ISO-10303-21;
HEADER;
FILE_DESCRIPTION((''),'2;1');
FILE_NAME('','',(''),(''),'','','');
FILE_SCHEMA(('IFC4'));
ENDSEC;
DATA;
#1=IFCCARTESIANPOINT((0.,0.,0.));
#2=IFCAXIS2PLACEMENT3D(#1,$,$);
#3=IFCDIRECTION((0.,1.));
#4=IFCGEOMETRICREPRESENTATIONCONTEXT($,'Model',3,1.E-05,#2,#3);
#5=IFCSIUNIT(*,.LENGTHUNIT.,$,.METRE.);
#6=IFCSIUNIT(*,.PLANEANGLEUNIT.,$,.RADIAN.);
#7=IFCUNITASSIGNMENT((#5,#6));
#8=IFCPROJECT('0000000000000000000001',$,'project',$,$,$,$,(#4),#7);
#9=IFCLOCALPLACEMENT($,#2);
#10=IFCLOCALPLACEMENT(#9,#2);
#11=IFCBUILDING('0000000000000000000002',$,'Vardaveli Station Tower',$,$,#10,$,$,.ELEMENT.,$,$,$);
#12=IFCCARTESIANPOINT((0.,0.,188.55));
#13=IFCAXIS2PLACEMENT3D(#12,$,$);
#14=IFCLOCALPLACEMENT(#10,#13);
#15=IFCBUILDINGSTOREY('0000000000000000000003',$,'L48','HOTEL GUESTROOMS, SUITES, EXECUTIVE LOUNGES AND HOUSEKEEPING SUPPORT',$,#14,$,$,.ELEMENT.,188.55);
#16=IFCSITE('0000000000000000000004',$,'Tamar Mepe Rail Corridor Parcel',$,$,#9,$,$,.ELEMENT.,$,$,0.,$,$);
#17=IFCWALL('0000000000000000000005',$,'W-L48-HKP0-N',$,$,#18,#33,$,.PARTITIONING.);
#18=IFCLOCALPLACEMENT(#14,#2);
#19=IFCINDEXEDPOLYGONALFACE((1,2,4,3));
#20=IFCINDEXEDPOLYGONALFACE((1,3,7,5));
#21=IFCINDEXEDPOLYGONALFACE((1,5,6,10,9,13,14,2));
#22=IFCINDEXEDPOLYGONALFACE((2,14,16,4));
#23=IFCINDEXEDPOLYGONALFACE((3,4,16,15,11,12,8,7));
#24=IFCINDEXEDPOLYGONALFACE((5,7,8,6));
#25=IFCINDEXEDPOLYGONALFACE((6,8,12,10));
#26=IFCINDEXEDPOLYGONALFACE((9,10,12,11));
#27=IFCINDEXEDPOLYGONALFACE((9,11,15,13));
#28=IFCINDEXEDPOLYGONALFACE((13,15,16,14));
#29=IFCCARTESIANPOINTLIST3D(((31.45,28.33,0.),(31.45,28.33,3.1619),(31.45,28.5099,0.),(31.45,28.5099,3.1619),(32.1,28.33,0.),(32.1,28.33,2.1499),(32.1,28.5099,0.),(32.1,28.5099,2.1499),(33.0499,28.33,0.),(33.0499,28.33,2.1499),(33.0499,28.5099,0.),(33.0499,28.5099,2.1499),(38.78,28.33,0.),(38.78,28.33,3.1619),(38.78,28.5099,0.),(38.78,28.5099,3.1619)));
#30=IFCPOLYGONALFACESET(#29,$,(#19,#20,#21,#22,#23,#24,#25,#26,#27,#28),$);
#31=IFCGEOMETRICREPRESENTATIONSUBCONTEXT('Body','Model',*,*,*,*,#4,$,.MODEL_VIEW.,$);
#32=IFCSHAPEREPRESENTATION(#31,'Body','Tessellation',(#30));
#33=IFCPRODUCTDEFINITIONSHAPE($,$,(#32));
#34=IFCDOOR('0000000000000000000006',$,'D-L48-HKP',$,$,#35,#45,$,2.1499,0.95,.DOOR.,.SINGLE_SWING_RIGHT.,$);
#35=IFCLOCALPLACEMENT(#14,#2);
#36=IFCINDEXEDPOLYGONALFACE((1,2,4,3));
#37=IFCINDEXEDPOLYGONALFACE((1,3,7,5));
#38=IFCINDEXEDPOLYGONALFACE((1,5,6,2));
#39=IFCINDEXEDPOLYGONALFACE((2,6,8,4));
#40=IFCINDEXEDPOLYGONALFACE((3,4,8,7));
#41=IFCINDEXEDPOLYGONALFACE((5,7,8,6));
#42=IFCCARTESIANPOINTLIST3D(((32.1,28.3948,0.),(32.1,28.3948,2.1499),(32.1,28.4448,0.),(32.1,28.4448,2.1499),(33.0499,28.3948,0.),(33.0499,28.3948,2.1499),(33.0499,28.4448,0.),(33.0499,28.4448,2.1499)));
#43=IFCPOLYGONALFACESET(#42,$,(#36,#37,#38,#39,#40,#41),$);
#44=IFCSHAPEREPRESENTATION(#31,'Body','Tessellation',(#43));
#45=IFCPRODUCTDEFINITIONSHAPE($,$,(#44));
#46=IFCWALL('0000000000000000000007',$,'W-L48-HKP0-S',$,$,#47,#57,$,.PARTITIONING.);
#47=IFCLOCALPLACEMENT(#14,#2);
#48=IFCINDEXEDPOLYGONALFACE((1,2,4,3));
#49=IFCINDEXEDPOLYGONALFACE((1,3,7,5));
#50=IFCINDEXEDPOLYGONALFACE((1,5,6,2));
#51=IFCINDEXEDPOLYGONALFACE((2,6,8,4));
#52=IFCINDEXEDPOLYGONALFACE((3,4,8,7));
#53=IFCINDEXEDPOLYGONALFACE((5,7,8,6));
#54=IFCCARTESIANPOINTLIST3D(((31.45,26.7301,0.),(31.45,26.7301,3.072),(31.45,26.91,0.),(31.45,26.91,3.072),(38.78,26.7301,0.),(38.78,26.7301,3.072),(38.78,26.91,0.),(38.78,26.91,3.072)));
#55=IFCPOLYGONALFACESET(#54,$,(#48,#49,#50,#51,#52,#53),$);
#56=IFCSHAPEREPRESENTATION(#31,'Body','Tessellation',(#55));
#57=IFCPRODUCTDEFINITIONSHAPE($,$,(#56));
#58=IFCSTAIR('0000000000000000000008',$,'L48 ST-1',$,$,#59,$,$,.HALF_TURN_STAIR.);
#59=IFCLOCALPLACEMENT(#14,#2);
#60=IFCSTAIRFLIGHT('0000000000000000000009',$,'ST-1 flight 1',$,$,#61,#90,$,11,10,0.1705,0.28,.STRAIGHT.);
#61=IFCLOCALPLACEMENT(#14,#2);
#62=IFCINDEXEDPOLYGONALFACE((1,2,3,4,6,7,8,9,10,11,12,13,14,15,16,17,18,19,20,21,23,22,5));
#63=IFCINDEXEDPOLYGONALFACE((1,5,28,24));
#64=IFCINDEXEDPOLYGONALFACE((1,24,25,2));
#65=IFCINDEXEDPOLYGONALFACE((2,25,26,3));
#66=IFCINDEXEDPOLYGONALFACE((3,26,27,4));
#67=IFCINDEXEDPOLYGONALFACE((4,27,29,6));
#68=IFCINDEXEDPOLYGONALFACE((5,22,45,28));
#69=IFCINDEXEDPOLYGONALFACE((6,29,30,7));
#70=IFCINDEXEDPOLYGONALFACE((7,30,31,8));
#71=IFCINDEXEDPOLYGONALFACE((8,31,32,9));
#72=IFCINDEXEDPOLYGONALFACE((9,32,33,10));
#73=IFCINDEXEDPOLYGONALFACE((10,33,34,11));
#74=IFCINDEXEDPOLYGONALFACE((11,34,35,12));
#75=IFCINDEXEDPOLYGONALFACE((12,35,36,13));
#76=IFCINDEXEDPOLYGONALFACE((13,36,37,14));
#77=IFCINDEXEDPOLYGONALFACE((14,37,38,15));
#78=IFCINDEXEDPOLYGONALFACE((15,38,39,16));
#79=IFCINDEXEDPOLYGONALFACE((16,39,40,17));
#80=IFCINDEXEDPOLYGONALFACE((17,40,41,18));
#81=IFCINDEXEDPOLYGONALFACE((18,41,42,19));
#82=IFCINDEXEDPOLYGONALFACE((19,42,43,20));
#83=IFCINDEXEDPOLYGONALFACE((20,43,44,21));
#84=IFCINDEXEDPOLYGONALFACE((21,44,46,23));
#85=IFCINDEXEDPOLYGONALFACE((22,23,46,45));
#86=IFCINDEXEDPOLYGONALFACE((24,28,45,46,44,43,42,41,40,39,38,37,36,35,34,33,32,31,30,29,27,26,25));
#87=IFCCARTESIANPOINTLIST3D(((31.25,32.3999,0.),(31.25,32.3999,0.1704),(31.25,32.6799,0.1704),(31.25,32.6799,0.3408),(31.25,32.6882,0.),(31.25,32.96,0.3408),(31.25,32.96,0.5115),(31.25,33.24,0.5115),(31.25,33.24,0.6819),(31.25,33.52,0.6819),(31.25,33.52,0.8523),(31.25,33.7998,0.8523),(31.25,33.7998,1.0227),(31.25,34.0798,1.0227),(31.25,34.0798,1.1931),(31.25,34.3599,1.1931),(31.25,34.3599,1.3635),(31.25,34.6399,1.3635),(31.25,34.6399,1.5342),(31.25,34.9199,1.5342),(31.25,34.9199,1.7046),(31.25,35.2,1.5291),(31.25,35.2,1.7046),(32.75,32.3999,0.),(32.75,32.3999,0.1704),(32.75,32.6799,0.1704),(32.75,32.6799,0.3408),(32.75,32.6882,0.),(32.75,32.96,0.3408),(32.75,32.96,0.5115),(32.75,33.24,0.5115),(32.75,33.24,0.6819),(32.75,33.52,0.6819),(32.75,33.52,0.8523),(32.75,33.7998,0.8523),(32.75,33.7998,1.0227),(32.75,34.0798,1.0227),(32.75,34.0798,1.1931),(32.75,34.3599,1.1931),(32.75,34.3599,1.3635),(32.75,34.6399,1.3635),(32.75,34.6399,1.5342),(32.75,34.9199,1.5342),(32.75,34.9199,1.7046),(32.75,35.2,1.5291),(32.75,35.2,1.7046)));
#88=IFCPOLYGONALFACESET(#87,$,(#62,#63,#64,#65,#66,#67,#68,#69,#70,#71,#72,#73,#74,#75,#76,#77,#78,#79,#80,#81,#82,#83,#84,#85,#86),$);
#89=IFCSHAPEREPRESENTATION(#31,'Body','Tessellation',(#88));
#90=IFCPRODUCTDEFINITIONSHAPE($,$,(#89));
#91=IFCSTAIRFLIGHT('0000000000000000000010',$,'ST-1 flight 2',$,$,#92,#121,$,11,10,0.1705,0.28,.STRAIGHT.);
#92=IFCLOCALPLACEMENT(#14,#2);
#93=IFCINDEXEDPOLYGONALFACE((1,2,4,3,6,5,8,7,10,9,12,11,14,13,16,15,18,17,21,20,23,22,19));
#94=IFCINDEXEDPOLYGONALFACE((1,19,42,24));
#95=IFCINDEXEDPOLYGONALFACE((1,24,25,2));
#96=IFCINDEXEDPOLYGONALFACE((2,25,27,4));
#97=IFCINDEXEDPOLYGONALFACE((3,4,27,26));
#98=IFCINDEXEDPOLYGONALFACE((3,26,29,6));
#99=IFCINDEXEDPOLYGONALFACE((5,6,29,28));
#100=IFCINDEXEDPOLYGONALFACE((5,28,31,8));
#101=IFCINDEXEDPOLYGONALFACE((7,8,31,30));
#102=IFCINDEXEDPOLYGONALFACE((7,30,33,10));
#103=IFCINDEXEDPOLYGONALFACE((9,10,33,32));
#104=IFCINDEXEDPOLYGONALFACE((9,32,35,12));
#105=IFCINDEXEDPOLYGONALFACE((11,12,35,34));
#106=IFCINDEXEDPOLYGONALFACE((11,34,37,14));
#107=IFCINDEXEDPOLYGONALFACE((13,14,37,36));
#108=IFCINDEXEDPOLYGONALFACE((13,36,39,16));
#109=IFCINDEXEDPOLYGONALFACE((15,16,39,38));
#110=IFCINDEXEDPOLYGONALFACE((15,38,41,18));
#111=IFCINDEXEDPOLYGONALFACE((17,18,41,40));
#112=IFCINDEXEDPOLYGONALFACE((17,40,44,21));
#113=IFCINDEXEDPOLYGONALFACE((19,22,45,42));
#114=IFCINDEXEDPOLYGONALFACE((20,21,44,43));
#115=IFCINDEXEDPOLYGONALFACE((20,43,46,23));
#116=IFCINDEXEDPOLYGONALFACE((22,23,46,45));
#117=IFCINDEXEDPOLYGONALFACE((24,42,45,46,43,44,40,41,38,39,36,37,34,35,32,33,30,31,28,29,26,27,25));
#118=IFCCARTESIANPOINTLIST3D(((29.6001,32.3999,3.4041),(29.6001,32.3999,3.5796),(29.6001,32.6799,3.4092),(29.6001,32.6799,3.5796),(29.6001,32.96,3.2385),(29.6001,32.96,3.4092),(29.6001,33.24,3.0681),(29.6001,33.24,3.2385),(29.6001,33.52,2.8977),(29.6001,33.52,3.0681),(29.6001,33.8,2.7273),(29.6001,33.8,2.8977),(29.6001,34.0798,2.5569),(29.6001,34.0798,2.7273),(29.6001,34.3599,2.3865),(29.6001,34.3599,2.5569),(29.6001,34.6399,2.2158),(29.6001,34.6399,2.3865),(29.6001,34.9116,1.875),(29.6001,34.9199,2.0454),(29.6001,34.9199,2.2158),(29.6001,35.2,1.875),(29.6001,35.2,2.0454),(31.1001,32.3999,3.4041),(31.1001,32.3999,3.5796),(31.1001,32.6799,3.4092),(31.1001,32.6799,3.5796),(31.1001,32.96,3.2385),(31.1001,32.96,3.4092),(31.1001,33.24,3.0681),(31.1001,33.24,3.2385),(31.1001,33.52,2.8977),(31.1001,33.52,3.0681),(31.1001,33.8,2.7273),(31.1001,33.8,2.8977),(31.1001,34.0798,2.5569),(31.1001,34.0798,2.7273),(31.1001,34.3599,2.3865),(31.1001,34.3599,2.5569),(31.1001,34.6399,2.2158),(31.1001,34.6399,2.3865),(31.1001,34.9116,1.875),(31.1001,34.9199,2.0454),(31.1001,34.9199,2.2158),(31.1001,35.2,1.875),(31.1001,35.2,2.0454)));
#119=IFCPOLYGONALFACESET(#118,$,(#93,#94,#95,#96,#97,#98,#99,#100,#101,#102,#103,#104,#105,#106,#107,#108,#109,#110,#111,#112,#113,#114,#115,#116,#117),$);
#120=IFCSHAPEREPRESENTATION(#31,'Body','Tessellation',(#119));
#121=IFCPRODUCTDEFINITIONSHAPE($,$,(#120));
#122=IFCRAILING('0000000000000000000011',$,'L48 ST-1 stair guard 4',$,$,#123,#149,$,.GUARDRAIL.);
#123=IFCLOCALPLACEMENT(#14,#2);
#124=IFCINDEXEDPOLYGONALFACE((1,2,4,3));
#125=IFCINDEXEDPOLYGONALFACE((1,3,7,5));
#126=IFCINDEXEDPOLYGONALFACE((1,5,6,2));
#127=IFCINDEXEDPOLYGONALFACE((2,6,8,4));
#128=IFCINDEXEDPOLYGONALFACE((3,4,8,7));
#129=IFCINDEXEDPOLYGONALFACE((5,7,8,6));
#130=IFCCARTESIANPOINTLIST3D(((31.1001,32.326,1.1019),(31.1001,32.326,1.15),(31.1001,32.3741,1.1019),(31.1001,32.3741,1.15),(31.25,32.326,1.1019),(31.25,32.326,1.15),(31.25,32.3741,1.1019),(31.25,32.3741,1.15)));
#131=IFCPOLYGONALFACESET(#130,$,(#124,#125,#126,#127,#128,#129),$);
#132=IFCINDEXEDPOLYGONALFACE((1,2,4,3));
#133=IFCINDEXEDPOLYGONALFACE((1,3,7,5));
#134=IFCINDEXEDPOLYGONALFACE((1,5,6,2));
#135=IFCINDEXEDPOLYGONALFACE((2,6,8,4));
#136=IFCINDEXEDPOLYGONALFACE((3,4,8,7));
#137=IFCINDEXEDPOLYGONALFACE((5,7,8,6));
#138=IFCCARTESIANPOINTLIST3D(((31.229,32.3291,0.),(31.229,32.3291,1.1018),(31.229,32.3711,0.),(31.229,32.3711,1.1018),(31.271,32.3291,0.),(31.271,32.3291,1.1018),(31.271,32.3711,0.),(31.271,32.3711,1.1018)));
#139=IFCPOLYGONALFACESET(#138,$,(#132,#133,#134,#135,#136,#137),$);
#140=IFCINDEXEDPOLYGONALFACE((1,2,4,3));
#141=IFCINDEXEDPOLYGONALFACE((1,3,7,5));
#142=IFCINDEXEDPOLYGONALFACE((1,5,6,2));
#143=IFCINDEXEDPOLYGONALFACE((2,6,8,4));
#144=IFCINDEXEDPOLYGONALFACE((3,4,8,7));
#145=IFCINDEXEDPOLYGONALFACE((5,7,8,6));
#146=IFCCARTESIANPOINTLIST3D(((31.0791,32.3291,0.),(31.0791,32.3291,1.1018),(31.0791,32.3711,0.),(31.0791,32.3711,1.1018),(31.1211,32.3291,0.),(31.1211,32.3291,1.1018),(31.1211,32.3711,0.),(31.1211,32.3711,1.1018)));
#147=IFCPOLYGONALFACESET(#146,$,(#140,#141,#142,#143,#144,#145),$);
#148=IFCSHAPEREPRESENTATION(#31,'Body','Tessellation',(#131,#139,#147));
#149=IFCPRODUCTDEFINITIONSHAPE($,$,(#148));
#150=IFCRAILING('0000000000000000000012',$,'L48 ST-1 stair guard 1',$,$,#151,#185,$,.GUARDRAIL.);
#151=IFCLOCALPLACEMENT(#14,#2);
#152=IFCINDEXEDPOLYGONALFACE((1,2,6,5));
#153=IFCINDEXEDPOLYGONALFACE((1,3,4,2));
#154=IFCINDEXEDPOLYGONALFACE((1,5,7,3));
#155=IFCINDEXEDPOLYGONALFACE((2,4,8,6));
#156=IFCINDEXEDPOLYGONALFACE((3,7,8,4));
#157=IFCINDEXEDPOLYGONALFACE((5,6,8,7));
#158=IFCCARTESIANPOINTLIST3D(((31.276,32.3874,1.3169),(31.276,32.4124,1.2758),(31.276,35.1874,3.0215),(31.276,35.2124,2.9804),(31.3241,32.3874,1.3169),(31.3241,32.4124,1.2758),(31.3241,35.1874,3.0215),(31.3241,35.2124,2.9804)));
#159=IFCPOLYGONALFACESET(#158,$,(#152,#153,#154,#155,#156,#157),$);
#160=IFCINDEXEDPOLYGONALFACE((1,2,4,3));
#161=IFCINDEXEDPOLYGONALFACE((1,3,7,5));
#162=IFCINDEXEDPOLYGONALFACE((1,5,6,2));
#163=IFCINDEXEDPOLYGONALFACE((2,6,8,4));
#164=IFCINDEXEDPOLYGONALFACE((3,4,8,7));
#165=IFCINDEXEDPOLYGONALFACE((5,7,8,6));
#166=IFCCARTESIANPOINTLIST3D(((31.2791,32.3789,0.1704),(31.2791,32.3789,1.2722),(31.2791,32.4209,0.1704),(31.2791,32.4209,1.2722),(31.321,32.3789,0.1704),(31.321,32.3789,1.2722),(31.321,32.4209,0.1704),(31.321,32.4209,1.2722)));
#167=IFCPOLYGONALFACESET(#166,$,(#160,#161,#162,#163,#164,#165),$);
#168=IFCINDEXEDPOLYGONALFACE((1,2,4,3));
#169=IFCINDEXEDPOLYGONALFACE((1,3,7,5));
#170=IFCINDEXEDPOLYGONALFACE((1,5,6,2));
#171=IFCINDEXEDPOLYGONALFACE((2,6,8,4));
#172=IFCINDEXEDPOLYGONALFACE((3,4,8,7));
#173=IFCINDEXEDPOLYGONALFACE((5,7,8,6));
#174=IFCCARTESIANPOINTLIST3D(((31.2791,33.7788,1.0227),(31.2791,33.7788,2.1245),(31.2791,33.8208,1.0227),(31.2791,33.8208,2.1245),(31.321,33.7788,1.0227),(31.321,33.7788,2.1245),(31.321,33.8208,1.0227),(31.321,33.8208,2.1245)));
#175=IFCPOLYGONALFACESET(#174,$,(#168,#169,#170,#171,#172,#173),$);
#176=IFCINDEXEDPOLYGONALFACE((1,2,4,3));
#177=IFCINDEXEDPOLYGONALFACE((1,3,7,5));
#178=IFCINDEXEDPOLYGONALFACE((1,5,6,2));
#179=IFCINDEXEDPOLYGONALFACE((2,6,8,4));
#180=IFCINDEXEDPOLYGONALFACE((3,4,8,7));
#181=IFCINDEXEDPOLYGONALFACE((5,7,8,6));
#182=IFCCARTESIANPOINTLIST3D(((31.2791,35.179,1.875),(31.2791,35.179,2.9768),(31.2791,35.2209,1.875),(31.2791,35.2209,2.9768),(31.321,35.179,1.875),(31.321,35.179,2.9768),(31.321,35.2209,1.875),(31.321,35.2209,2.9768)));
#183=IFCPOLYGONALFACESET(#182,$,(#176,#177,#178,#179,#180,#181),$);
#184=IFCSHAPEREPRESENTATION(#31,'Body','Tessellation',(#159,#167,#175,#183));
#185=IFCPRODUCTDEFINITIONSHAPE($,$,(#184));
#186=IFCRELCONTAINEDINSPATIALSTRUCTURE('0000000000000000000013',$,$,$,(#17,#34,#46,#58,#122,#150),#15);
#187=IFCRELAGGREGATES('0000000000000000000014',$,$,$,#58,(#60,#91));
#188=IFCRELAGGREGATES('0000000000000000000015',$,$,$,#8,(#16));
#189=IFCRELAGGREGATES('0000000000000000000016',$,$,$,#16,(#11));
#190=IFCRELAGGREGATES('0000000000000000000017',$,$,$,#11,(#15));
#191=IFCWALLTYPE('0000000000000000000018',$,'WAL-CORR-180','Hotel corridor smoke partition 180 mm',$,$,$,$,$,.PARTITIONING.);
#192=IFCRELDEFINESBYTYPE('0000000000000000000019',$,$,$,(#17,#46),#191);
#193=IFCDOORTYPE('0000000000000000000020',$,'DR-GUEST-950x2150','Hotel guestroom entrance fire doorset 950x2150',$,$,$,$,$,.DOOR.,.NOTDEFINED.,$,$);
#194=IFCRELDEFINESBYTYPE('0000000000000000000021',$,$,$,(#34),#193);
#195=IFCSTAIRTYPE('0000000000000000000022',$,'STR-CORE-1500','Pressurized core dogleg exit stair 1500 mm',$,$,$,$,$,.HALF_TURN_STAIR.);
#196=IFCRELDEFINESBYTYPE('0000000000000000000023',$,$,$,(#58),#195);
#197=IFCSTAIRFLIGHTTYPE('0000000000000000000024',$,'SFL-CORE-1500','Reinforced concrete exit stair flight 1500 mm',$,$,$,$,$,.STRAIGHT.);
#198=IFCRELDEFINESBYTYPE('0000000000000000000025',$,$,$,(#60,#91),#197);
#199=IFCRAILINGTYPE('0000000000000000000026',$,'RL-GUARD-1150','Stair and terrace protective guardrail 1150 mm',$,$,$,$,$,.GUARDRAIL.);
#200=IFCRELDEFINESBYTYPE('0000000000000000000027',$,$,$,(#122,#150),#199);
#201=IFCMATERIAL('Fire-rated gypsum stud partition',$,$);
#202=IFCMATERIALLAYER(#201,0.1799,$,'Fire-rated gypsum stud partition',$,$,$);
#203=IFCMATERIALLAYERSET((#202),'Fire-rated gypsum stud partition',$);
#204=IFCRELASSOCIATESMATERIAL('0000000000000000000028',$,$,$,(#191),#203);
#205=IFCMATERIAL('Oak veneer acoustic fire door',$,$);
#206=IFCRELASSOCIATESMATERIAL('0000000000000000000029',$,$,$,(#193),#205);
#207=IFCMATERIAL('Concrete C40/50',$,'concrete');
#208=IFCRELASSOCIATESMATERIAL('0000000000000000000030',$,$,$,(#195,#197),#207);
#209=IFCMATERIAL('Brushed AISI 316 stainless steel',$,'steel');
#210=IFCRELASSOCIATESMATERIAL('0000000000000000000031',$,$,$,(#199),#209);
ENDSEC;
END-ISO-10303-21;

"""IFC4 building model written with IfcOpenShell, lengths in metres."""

from ifc_helpers import new_model, si_unit, direction, frame, frame_2d, origin, origin_2d, place, context, subcontext, project, spatial, polyline, rectangle, outline, extrude, source, transform, mapped, material, layer, layer_set, type_object, element, fill, aggregate, save


model = new_model("IFC4")

# Units and contexts
model_context = context("Model", 3, precision=1e-05, world=origin(), true_north=direction((0.0, 1.0)))
body_context = subcontext(model_context, "Body", "Model", "MODEL_VIEW")
ifc_project = project(units=[si_unit("LENGTHUNIT", "METRE"), si_unit("PLANEANGLEUNIT", "RADIAN")], contexts=[model_context])

# Site, building, storey
site_placement = place(None, origin())
site = spatial("IfcSite", under=ifc_project, at=site_placement, Name="Tamar Mepe Rail Corridor Parcel", CompositionType="ELEMENT", RefElevation=0.0)
building_placement = place(site_placement, origin())
building = spatial("IfcBuilding", under=site, at=building_placement, Name="Vardaveli Station Tower", CompositionType="ELEMENT")
storey_placement = place(building_placement, frame((0.0, 0.0, 188.55)))
storey = spatial("IfcBuildingStorey", under=building, at=storey_placement, Name="L48", Description="HOTEL GUESTROOMS, SUITES, EXECUTIVE LOUNGES AND HOUSEKEEPING SUPPORT", CompositionType="ELEMENT", Elevation=188.55)

# Shared definitions
ifc_material_1 = material(Name="Concrete C40/50", Category="concrete")

# Shared definitions
ifc_material_2 = material(Name="Fire-rated gypsum stud partition")
ifc_layer_1 = layer(ifc_material_2, 0.1799, Name="Fire-rated gypsum stud partition")
ifc_layer_set_1 = layer_set([ifc_layer_1], Name="Fire-rated gypsum stud partition")
wall_type_1 = type_object("IfcWallType", Name="WAL-CORR-180", Description="Hotel corridor smoke partition 180 mm", PredefinedType="PARTITIONING", material=ifc_layer_set_1)

# Wall, opening, door
shared_shape_1 = source(origin(), body_context, "Body", "SweptSolid", [
    extrude(rectangle(XDim=7.3301, YDim=0.1799, at=frame_2d((3.665, 0.0))), origin(), (0.0, 0.0, 1.0), 3.1619),
])
wall_1_placement = place(storey_placement, frame((31.45, 28.4199, 0.0), z_axis=(0.0, 0.0, 1.0), x_axis=(1.0, 0.0, 0.0)))
wall_1 = element("IfcWall", 1, at=wall_1_placement, inside=storey, type_object=wall_type_1, Name="W-L48-HKP0-N", PredefinedType="PARTITIONING", context=body_context, shape_type="MappedRepresentation", body=[
    mapped(shared_shape_1, transform((0.0, 0.0, 0.0), scale=1.0)),
])
shared_shape_2 = source(origin(), body_context, "Body", "SweptSolid", [
    extrude(rectangle(XDim=0.95, YDim=2.1499, at=frame_2d((0.4751, 1.075))), frame((0.0, 0.1001, 0.0), z_axis=(0.0, -1.0, 0.0), x_axis=(1.0, 0.0, 0.0)), (0.0, 0.0, 1.0), 0.2),
])
opening_1_placement = place(wall_1_placement, frame((0.6499, 0.0, 0.0)))
opening_1 = element("IfcOpeningElement", 2, at=opening_1_placement, cuts=wall_1, PredefinedType="OPENING", context=body_context, shape_type="MappedRepresentation", body=[
    mapped(shared_shape_2, transform((0.0, 0.0, 0.0), scale=1.0)),
])
ifc_material_3 = material(Name="Oak veneer acoustic fire door")
door_type_1 = type_object("IfcDoorType", Name="DR-GUEST-950x2150", Description="Hotel guestroom entrance fire doorset 950x2150", OperationType="NOTDEFINED", PredefinedType="DOOR", material=ifc_material_3)
shared_shape_3 = source(origin(), body_context, "Body", "SweptSolid", [
    extrude(rectangle(XDim=0.95, YDim=2.1499, at=frame_2d((0.4751, 1.075))), frame((0.0, 0.0249, 0.0), z_axis=(0.0, -1.0, 0.0), x_axis=(1.0, 0.0, 0.0)), (0.0, 0.0, 1.0), 0.05),
])
door_1_placement = place(opening_1_placement, origin())
door_1 = element("IfcDoor", 3, at=door_1_placement, inside=storey, type_object=door_type_1, Name="D-L48-HKP", OperationType="SINGLE_SWING_RIGHT", OverallHeight=2.1499, OverallWidth=0.95, PredefinedType="DOOR", context=body_context, shape_type="MappedRepresentation", body=[
    mapped(shared_shape_3, transform((0.0, 0.0, 0.0), scale=1.0)),
])
fill(opening_1, door_1)

# Wall
shared_shape_4 = source(origin(), body_context, "Body", "SweptSolid", [
    extrude(rectangle(XDim=7.3301, YDim=0.1799, at=frame_2d((3.665, 0.0))), origin(), (0.0, 0.0, 1.0), 3.072),
])
wall_2_placement = place(storey_placement, frame((31.45, 26.8201, 0.0), z_axis=(0.0, 0.0, 1.0), x_axis=(1.0, 0.0, 0.0)))
element("IfcWall", 4, at=wall_2_placement, inside=storey, type_object=wall_type_1, Name="W-L48-HKP0-S", PredefinedType="PARTITIONING", context=body_context, shape_type="MappedRepresentation", body=[
    mapped(shared_shape_4, transform((0.0, 0.0, 0.0), scale=1.0)),
])

# Stair, stair flights
stair_type = type_object("IfcStairType", Name="STR-CORE-1500", Description="Pressurized core dogleg exit stair 1500 mm", PredefinedType="HALF_TURN_STAIR", material=ifc_material_1)
stair_placement = place(storey_placement, origin())
stair = element("IfcStair", 5, at=stair_placement, inside=storey, type_object=stair_type, Name="L48 ST-1", PredefinedType="HALF_TURN_STAIR")
stair_flight_type = type_object("IfcStairFlightType", Name="SFL-CORE-1500", Description="Reinforced concrete exit stair flight 1500 mm", PredefinedType="STRAIGHT", material=ifc_material_1)
shared_shape_5 = source(origin(), body_context, "Body", "SweptSolid", [
    extrude(outline(polyline([(0.0, 0.0), (0.0, 0.1704), (0.28, 0.1704), (0.28, 0.3408), (0.5601, 0.3408), (0.5601, 0.5115), (0.8401, 0.5115), (0.8401, 0.6819), (1.1201, 0.6819), (1.1201, 0.8523), (1.3999, 0.8523), (1.3999, 1.0227), (1.6799, 1.0227), (1.6799, 1.1931), (1.96, 1.1931), (1.96, 1.3635), (2.24, 1.3635), (2.24, 1.5342), (2.52, 1.5342), (2.52, 1.7046), (2.8, 1.7046), (2.8, 1.875), (2.8, 1.5291), (0.2883, 0.0), (0.0, 0.0)])), frame((0.0, 0.75, 0.0), z_axis=(0.0, -1.0, 0.0), x_axis=(1.0, 0.0, 0.0)), (0.0, 0.0, 1.0), 1.5),
])
stair_flight_1_placement = place(storey_placement, frame((32.0, 32.3999, 0.0), z_axis=(0.0, 0.0, 1.0), x_axis=(0.0, 1.0, 0.0)))
stair_flight_1 = element("IfcStairFlight", 6, at=stair_flight_1_placement, type_object=stair_flight_type, Name="ST-1 flight 1", NumberOfRisers=11, NumberOfTreads=10, PredefinedType="STRAIGHT", RiserHeight=0.1705, TreadLength=0.28, context=body_context, shape_type="MappedRepresentation", body=[
    mapped(shared_shape_5, transform((0.0, 0.0, 0.0), scale=1.0)),
])
stair_flight_2_placement = place(storey_placement, frame((30.3501, 35.2, 1.875), z_axis=(0.0, 0.0, 1.0), x_axis=(0.0, -1.0, 0.0)))
stair_flight_2 = element("IfcStairFlight", 7, at=stair_flight_2_placement, type_object=stair_flight_type, Name="ST-1 flight 2", NumberOfRisers=11, NumberOfTreads=10, PredefinedType="STRAIGHT", RiserHeight=0.1705, TreadLength=0.28, context=body_context, shape_type="MappedRepresentation", body=[
    mapped(shared_shape_5, transform((0.0, 0.0, 0.0), scale=1.0)),
])
aggregate(stair, [stair_flight_1, stair_flight_2])

# Railings
ifc_material_4 = material(Name="Brushed AISI 316 stainless steel", Category="steel")
railing_type_1 = type_object("IfcRailingType", Name="RL-GUARD-1150", Description="Stair and terrace protective guardrail 1150 mm", PredefinedType="GUARDRAIL", material=ifc_material_4)
shared_shape_6 = source(origin(), body_context, "Body", "SweptSolid", [
    extrude(rectangle(XDim=0.0481, YDim=0.0481, at=origin_2d()), frame((0.0, 0.0, 1.126), z_axis=(-1.0, 0.0, 0.0), x_axis=(0.0, -1.0, 0.0)), (0.0, 0.0, 1.0), 0.1499),
    extrude(rectangle(XDim=0.042, YDim=0.042, at=origin_2d()), origin(), (0.0, 0.0, 1.0), 1.1018),
    extrude(rectangle(XDim=0.042, YDim=0.042, at=origin_2d()), frame((-0.1499, 0.0, 0.0)), (0.0, 0.0, 1.0), 1.1018),
])
railing_1_placement = place(storey_placement, frame((31.25, 32.3501, 0.0)))
element("IfcRailing", 8, at=railing_1_placement, inside=storey, type_object=railing_type_1, Name="L48 ST-1 stair guard 4", PredefinedType="GUARDRAIL", context=body_context, shape_type="MappedRepresentation", body=[
    mapped(shared_shape_6, transform((0.0, 0.0, 0.0), scale=1.0)),
])
shared_shape_7 = source(origin(), body_context, "Body", "SweptSolid", [
    extrude(rectangle(XDim=0.0481, YDim=0.0481, at=origin_2d()), frame((0.0, 0.0, 1.126), z_axis=(0.0, 0.85417, 0.519994), x_axis=(-1.0, 0.0, 0.0)), (0.0, 0.0, 1.0), 3.2781),
    extrude(rectangle(XDim=0.042, YDim=0.042, at=origin_2d()), origin(), (0.0, 0.0, 1.0), 1.1018),
    extrude(rectangle(XDim=0.042, YDim=0.042, at=origin_2d()), frame((0.0, 1.3999, 0.8523)), (0.0, 0.0, 1.0), 1.1018),
    extrude(rectangle(XDim=0.042, YDim=0.042, at=origin_2d()), frame((0.0, 2.8, 1.7046)), (0.0, 0.0, 1.0), 1.1018),
])
railing_2_placement = place(storey_placement, frame((31.3, 32.3999, 0.1704)))
element("IfcRailing", 9, at=railing_2_placement, inside=storey, type_object=railing_type_1, Name="L48 ST-1 stair guard 1", PredefinedType="GUARDRAIL", context=body_context, shape_type="MappedRepresentation", body=[
    mapped(shared_shape_7, transform((0.0, 0.0, 0.0), scale=1.0)),
])

save(model, "model.ifc")
